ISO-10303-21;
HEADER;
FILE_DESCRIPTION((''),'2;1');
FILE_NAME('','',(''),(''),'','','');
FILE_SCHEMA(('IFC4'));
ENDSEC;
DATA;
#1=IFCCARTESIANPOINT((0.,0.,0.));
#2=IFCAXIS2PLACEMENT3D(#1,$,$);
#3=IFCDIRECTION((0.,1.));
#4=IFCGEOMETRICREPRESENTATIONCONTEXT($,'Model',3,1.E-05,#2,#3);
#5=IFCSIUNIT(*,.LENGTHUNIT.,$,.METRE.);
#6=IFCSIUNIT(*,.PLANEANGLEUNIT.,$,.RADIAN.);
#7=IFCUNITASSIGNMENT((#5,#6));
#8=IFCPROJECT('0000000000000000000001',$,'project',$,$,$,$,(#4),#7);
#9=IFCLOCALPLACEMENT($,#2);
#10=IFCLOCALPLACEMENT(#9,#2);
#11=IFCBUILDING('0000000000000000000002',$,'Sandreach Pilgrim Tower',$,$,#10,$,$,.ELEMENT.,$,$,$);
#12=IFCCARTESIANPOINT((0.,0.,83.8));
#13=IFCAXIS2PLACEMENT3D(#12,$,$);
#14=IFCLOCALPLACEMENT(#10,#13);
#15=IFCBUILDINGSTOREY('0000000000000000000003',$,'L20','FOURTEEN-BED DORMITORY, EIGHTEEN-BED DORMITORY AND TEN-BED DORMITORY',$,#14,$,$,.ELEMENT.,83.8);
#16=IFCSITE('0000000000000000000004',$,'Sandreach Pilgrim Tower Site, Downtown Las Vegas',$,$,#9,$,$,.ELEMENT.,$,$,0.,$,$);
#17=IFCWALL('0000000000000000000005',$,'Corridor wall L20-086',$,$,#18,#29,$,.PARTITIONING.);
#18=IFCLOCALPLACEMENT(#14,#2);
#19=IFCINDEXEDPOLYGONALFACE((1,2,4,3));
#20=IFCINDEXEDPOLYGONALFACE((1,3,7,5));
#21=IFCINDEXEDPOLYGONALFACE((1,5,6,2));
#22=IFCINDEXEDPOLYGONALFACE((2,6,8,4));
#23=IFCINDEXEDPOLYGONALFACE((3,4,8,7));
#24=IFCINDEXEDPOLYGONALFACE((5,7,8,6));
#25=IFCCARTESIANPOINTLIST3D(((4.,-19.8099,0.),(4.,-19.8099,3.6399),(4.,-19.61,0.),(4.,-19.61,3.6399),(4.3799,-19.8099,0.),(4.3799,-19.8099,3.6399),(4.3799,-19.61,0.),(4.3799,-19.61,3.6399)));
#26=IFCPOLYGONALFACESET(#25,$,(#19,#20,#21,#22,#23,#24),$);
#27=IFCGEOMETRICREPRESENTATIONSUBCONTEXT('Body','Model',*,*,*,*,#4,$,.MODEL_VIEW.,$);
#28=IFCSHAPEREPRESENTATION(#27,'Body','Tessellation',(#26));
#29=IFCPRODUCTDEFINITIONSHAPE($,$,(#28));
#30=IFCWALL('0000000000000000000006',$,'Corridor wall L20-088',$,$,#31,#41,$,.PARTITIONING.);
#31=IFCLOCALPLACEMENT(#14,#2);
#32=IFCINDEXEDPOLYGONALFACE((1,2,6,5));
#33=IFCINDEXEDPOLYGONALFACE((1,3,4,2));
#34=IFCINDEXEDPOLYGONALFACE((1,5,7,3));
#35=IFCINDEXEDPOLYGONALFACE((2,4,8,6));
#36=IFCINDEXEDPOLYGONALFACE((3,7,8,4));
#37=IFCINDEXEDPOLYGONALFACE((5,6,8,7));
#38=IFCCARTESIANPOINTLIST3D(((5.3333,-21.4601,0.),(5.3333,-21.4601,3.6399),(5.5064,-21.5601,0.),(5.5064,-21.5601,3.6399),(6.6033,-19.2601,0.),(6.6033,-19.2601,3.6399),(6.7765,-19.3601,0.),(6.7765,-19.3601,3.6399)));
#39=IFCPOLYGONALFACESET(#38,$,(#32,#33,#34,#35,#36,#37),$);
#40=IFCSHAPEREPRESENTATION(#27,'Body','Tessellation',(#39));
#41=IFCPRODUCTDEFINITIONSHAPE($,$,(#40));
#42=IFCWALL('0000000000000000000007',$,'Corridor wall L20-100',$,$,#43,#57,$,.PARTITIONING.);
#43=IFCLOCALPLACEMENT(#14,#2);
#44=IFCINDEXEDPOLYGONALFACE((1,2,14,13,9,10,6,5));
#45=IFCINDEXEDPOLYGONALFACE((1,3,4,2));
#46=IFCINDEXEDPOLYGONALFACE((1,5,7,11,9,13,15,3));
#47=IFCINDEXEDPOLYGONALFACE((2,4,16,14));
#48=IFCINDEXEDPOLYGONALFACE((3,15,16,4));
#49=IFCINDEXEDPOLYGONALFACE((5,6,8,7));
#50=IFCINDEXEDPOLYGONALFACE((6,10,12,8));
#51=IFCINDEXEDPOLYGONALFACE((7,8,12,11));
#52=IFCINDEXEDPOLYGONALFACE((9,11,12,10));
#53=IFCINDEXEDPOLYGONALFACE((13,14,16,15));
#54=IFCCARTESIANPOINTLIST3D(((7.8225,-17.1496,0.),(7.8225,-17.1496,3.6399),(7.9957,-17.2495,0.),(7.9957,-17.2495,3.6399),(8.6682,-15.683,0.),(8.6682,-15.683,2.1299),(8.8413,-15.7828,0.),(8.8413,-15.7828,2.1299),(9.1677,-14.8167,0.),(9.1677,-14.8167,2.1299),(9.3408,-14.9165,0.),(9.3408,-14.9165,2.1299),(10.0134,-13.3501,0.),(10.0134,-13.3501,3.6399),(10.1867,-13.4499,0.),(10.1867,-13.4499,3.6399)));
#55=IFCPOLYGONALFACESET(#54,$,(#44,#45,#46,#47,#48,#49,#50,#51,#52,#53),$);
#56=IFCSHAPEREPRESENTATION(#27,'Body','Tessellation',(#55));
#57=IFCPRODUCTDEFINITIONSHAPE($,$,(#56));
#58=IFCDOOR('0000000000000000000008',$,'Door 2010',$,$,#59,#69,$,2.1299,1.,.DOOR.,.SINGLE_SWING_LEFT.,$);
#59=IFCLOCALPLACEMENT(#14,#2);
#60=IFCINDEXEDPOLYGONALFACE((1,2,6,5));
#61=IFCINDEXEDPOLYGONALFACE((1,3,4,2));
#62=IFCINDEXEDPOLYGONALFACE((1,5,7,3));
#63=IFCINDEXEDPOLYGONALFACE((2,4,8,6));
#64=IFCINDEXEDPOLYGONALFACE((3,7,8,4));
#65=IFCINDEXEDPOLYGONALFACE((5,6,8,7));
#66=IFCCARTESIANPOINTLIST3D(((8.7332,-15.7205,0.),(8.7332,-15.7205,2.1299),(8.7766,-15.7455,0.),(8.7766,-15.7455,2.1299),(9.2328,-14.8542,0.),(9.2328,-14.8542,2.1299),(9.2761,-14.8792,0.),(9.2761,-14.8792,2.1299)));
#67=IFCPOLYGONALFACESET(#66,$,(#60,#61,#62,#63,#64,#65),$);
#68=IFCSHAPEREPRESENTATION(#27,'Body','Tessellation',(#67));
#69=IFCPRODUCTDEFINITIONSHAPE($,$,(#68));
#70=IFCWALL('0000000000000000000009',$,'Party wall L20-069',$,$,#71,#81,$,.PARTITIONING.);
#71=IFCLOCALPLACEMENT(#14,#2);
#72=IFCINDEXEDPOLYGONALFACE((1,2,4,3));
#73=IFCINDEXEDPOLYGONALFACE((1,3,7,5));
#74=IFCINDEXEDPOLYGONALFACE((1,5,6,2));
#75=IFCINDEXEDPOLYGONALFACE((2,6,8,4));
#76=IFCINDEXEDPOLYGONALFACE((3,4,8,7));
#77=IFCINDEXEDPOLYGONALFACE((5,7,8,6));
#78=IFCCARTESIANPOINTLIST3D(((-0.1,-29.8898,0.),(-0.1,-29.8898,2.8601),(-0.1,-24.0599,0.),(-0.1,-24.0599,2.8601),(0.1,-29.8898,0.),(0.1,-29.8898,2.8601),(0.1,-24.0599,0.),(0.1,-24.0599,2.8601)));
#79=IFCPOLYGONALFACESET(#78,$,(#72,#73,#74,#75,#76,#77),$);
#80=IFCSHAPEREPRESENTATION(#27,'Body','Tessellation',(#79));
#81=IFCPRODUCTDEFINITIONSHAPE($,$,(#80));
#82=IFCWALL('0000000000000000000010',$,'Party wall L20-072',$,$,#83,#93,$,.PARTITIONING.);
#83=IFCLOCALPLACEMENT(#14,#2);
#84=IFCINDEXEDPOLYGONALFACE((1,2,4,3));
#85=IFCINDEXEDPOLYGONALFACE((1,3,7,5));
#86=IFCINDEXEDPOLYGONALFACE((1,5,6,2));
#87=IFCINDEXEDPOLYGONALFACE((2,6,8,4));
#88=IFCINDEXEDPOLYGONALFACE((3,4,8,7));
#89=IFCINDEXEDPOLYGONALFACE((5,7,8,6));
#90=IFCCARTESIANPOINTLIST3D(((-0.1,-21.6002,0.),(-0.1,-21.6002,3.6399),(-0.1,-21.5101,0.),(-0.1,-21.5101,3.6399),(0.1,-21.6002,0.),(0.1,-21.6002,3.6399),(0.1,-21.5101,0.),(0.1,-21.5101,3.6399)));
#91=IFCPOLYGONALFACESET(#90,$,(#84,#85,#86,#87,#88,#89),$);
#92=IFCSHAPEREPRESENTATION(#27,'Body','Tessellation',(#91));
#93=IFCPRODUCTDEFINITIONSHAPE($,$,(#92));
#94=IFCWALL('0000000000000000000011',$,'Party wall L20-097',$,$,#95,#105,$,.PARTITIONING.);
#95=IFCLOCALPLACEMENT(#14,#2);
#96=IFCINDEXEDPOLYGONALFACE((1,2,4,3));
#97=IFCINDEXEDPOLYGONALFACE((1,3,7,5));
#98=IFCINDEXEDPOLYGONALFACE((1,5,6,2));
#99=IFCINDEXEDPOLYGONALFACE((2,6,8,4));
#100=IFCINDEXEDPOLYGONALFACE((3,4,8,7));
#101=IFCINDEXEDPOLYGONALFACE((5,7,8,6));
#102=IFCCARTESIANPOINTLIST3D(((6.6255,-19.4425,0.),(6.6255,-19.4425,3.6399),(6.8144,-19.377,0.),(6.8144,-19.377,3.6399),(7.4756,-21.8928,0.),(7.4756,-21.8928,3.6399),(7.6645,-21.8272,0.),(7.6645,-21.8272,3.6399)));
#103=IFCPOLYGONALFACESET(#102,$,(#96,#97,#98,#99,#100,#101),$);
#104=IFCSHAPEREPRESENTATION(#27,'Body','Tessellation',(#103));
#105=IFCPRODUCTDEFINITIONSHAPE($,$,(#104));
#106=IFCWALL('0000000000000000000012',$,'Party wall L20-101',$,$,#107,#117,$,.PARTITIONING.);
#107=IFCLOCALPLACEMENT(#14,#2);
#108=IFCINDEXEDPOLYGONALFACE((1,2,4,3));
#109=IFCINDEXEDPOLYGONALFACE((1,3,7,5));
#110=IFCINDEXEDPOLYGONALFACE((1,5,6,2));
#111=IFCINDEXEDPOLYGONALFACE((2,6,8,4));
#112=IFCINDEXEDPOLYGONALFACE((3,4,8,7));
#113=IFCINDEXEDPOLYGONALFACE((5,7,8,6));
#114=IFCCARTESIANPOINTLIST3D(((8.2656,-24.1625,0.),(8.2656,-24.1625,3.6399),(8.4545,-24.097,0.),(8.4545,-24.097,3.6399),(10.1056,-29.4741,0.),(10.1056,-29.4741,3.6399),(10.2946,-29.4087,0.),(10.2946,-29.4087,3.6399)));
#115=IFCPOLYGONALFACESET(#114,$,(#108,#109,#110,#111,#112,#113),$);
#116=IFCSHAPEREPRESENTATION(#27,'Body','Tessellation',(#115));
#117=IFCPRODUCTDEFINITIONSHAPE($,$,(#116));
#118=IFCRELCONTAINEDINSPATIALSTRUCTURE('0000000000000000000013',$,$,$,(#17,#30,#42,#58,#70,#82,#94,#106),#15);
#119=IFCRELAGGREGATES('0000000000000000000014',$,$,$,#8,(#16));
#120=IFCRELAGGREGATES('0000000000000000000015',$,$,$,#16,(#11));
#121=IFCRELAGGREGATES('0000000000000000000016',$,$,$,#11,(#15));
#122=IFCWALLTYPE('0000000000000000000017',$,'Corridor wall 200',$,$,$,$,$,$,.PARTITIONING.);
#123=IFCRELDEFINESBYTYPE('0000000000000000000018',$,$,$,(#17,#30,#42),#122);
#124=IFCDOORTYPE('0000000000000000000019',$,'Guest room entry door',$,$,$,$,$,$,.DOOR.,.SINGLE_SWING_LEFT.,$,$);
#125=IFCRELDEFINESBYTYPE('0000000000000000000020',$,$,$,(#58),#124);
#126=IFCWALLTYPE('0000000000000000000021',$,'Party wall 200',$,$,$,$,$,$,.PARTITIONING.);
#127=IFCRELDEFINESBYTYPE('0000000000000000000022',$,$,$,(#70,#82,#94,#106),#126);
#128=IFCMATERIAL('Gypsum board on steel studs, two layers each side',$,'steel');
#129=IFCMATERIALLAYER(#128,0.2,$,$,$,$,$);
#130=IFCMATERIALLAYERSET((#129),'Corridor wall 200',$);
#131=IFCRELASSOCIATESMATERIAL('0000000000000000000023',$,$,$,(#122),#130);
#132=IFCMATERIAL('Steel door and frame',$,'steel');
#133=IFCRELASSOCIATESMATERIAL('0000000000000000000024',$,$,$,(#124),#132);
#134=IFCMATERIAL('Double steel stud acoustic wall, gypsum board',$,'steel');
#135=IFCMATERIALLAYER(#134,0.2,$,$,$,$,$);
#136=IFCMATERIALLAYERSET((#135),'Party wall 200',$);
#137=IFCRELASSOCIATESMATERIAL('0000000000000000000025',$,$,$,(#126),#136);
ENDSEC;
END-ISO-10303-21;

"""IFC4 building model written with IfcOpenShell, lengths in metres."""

from ifc_helpers import new_model, si_unit, direction, frame, frame_2d, origin, place, context, subcontext, project, spatial, rectangle, extrude, material, layer, layer_set, type_object, element, fill, save


model = new_model("IFC4")

# Units and contexts
model_context = context("Model", 3, precision=1e-05, world=origin(), true_north=direction((0.0, 1.0)))
body_context = subcontext(model_context, "Body", "Model", "MODEL_VIEW")
ifc_project = project(units=[si_unit("LENGTHUNIT", "METRE"), si_unit("PLANEANGLEUNIT", "RADIAN")], contexts=[model_context])

# Site, building, storey
site_placement = place(None, origin())
site = spatial("IfcSite", under=ifc_project, at=site_placement, Name="Sandreach Pilgrim Tower Site, Downtown Las Vegas", CompositionType="ELEMENT", RefElevation=0.0)
building_placement = place(site_placement, origin())
building = spatial("IfcBuilding", under=site, at=building_placement, Name="Sandreach Pilgrim Tower", CompositionType="ELEMENT")
storey_placement = place(building_placement, frame((0.0, 0.0, 83.8)))
storey = spatial("IfcBuildingStorey", under=building, at=storey_placement, Name="L20", Description="FOURTEEN-BED DORMITORY, EIGHTEEN-BED DORMITORY AND TEN-BED DORMITORY", CompositionType="ELEMENT", Elevation=83.8)

# Shared definitions
ifc_material_1 = material(Name="Gypsum board on steel studs, two layers each side", Category="steel")
ifc_layer_1 = layer(ifc_material_1, 0.2)
ifc_layer_set_1 = layer_set([ifc_layer_1], Name="Corridor wall 200")
wall_type_1 = type_object("IfcWallType", Name="Corridor wall 200", PredefinedType="PARTITIONING", material=ifc_layer_set_1)
ifc_material_2 = material(Name="Steel door and frame", Category="steel")
door_type_1 = type_object("IfcDoorType", Name="Guest room entry door", OperationType="SINGLE_SWING_LEFT", PredefinedType="DOOR", material=ifc_material_2)

# Walls
wall_1_placement = place(storey_placement, frame((4.3799, -19.71, 0.0), z_axis=(0.0, 0.0, 1.0), x_axis=(-1.0, 0.0, 0.0)))
element("IfcWall", 1, at=wall_1_placement, inside=storey, type_object=wall_type_1, Name="Corridor wall L20-086", PredefinedType="PARTITIONING", context=body_context, shape_type="SweptSolid", body=[
    extrude(rectangle(XDim=0.3799, YDim=0.2, at=frame_2d((0.1899, 0.0))), origin(), (0.0, 0.0, 1.0), 3.6399),
])
wall_2_placement = place(storey_placement, frame((5.4199, -21.51, 0.0), z_axis=(0.0, 0.0, 1.0), x_axis=(0.499964, 0.866046, 0.0)))
element("IfcWall", 2, at=wall_2_placement, inside=storey, type_object=wall_type_1, Name="Corridor wall L20-088", PredefinedType="PARTITIONING", context=body_context, shape_type="SweptSolid", body=[
    extrude(rectangle(XDim=2.5403, YDim=0.2, at=frame_2d((1.27, 0.0))), origin(), (0.0, 0.0, 1.0), 3.6399),
])

# Wall, opening, door
wall_3_placement = place(storey_placement, frame((7.9092, -17.1995, 0.0), z_axis=(0.0, 0.0, 1.0), x_axis=(0.499528, 0.866298, 0.0)))
wall_3 = element("IfcWall", 3, at=wall_3_placement, inside=storey, type_object=wall_type_1, Name="Corridor wall L20-100", PredefinedType="PARTITIONING", context=body_context, shape_type="SweptSolid", body=[
    extrude(rectangle(XDim=4.386, YDim=0.2, at=frame_2d((2.1929, 0.0))), origin(), (0.0, 0.0, 1.0), 3.6399),
])
opening_1_placement = place(wall_3_placement, frame((1.6929, 0.0, 0.0)))
opening_1 = element("IfcOpeningElement", 4, at=opening_1_placement, cuts=wall_3, PredefinedType="OPENING", context=body_context, shape_type="SweptSolid", body=[
    extrude(rectangle(XDim=1.0, YDim=2.1299, at=frame_2d((0.5, 1.0649))), frame((0.0, 0.1001, 0.0), z_axis=(0.0, -1.0, 0.0), x_axis=(1.0, 0.0, 0.0)), (0.0, 0.0, 1.0), 0.2),
])
door_1_placement = place(opening_1_placement, origin())
door_1 = element("IfcDoor", 5, at=door_1_placement, inside=storey, type_object=door_type_1, Name="Door 2010", OperationType="SINGLE_SWING_LEFT", OverallHeight=2.1299, OverallWidth=1.0, PredefinedType="DOOR", context=body_context, shape_type="SweptSolid", body=[
    extrude(rectangle(XDim=1.0, YDim=2.1299, at=frame_2d((0.5, 1.0649))), frame((0.0, 0.0249, 0.0), z_axis=(0.0, -1.0, 0.0), x_axis=(1.0, 0.0, 0.0)), (0.0, 0.0, 1.0), 0.05),
])
fill(opening_1, door_1)

# Walls
ifc_material_3 = material(Name="Double steel stud acoustic wall, gypsum board", Category="steel")
ifc_layer_2 = layer(ifc_material_3, 0.2)
ifc_layer_set_2 = layer_set([ifc_layer_2], Name="Party wall 200")
wall_type_2 = type_object("IfcWallType", Name="Party wall 200", PredefinedType="PARTITIONING", material=ifc_layer_set_2)
wall_4_placement = place(storey_placement, frame((0.0, -29.8899, 0.0), z_axis=(0.0, 0.0, 1.0), x_axis=(0.0, 1.0, 0.0)))
element("IfcWall", 6, at=wall_4_placement, inside=storey, type_object=wall_type_2, Name="Party wall L20-069", PredefinedType="PARTITIONING", context=body_context, shape_type="SweptSolid", body=[
    extrude(rectangle(XDim=5.8298, YDim=0.2, at=frame_2d((2.915, 0.0))), origin(), (0.0, 0.0, 1.0), 2.8601),
])
wall_5_placement = place(storey_placement, frame((0.0, -21.6001, 0.0), z_axis=(0.0, 0.0, 1.0), x_axis=(0.0, 1.0, 0.0)))
element("IfcWall", 7, at=wall_5_placement, inside=storey, type_object=wall_type_2, Name="Party wall L20-072", PredefinedType="PARTITIONING", context=body_context, shape_type="SweptSolid", body=[
    extrude(rectangle(XDim=0.0901, YDim=0.2, at=frame_2d((0.0449, 0.0))), origin(), (0.0, 0.0, 1.0), 3.6399),
])
wall_6_placement = place(storey_placement, frame((7.5701, -21.8601, 0.0), z_axis=(0.0, 0.0, 1.0), x_axis=(-0.327783, 0.944753, 0.0)))
element("IfcWall", 8, at=wall_6_placement, inside=storey, type_object=wall_type_2, Name="Party wall L20-097", PredefinedType="PARTITIONING", context=body_context, shape_type="SweptSolid", body=[
    extrude(rectangle(XDim=2.5935, YDim=0.2, at=frame_2d((1.2969, 0.0))), origin(), (0.0, 0.0, 1.0), 3.6399),
])
wall_7_placement = place(storey_placement, frame((8.3601, -24.1299, 0.0), z_axis=(0.0, 0.0, 1.0), x_axis=(0.327333, -0.944909, 0.0)))
element("IfcWall", 9, at=wall_7_placement, inside=storey, type_object=wall_type_2, Name="Party wall L20-101", PredefinedType="PARTITIONING", context=body_context, shape_type="SweptSolid", body=[
    extrude(rectangle(XDim=5.6213, YDim=0.2, at=frame_2d((2.8105, 0.0))), origin(), (0.0, 0.0, 1.0), 3.6399),
])

save(model, "model.ifc")
